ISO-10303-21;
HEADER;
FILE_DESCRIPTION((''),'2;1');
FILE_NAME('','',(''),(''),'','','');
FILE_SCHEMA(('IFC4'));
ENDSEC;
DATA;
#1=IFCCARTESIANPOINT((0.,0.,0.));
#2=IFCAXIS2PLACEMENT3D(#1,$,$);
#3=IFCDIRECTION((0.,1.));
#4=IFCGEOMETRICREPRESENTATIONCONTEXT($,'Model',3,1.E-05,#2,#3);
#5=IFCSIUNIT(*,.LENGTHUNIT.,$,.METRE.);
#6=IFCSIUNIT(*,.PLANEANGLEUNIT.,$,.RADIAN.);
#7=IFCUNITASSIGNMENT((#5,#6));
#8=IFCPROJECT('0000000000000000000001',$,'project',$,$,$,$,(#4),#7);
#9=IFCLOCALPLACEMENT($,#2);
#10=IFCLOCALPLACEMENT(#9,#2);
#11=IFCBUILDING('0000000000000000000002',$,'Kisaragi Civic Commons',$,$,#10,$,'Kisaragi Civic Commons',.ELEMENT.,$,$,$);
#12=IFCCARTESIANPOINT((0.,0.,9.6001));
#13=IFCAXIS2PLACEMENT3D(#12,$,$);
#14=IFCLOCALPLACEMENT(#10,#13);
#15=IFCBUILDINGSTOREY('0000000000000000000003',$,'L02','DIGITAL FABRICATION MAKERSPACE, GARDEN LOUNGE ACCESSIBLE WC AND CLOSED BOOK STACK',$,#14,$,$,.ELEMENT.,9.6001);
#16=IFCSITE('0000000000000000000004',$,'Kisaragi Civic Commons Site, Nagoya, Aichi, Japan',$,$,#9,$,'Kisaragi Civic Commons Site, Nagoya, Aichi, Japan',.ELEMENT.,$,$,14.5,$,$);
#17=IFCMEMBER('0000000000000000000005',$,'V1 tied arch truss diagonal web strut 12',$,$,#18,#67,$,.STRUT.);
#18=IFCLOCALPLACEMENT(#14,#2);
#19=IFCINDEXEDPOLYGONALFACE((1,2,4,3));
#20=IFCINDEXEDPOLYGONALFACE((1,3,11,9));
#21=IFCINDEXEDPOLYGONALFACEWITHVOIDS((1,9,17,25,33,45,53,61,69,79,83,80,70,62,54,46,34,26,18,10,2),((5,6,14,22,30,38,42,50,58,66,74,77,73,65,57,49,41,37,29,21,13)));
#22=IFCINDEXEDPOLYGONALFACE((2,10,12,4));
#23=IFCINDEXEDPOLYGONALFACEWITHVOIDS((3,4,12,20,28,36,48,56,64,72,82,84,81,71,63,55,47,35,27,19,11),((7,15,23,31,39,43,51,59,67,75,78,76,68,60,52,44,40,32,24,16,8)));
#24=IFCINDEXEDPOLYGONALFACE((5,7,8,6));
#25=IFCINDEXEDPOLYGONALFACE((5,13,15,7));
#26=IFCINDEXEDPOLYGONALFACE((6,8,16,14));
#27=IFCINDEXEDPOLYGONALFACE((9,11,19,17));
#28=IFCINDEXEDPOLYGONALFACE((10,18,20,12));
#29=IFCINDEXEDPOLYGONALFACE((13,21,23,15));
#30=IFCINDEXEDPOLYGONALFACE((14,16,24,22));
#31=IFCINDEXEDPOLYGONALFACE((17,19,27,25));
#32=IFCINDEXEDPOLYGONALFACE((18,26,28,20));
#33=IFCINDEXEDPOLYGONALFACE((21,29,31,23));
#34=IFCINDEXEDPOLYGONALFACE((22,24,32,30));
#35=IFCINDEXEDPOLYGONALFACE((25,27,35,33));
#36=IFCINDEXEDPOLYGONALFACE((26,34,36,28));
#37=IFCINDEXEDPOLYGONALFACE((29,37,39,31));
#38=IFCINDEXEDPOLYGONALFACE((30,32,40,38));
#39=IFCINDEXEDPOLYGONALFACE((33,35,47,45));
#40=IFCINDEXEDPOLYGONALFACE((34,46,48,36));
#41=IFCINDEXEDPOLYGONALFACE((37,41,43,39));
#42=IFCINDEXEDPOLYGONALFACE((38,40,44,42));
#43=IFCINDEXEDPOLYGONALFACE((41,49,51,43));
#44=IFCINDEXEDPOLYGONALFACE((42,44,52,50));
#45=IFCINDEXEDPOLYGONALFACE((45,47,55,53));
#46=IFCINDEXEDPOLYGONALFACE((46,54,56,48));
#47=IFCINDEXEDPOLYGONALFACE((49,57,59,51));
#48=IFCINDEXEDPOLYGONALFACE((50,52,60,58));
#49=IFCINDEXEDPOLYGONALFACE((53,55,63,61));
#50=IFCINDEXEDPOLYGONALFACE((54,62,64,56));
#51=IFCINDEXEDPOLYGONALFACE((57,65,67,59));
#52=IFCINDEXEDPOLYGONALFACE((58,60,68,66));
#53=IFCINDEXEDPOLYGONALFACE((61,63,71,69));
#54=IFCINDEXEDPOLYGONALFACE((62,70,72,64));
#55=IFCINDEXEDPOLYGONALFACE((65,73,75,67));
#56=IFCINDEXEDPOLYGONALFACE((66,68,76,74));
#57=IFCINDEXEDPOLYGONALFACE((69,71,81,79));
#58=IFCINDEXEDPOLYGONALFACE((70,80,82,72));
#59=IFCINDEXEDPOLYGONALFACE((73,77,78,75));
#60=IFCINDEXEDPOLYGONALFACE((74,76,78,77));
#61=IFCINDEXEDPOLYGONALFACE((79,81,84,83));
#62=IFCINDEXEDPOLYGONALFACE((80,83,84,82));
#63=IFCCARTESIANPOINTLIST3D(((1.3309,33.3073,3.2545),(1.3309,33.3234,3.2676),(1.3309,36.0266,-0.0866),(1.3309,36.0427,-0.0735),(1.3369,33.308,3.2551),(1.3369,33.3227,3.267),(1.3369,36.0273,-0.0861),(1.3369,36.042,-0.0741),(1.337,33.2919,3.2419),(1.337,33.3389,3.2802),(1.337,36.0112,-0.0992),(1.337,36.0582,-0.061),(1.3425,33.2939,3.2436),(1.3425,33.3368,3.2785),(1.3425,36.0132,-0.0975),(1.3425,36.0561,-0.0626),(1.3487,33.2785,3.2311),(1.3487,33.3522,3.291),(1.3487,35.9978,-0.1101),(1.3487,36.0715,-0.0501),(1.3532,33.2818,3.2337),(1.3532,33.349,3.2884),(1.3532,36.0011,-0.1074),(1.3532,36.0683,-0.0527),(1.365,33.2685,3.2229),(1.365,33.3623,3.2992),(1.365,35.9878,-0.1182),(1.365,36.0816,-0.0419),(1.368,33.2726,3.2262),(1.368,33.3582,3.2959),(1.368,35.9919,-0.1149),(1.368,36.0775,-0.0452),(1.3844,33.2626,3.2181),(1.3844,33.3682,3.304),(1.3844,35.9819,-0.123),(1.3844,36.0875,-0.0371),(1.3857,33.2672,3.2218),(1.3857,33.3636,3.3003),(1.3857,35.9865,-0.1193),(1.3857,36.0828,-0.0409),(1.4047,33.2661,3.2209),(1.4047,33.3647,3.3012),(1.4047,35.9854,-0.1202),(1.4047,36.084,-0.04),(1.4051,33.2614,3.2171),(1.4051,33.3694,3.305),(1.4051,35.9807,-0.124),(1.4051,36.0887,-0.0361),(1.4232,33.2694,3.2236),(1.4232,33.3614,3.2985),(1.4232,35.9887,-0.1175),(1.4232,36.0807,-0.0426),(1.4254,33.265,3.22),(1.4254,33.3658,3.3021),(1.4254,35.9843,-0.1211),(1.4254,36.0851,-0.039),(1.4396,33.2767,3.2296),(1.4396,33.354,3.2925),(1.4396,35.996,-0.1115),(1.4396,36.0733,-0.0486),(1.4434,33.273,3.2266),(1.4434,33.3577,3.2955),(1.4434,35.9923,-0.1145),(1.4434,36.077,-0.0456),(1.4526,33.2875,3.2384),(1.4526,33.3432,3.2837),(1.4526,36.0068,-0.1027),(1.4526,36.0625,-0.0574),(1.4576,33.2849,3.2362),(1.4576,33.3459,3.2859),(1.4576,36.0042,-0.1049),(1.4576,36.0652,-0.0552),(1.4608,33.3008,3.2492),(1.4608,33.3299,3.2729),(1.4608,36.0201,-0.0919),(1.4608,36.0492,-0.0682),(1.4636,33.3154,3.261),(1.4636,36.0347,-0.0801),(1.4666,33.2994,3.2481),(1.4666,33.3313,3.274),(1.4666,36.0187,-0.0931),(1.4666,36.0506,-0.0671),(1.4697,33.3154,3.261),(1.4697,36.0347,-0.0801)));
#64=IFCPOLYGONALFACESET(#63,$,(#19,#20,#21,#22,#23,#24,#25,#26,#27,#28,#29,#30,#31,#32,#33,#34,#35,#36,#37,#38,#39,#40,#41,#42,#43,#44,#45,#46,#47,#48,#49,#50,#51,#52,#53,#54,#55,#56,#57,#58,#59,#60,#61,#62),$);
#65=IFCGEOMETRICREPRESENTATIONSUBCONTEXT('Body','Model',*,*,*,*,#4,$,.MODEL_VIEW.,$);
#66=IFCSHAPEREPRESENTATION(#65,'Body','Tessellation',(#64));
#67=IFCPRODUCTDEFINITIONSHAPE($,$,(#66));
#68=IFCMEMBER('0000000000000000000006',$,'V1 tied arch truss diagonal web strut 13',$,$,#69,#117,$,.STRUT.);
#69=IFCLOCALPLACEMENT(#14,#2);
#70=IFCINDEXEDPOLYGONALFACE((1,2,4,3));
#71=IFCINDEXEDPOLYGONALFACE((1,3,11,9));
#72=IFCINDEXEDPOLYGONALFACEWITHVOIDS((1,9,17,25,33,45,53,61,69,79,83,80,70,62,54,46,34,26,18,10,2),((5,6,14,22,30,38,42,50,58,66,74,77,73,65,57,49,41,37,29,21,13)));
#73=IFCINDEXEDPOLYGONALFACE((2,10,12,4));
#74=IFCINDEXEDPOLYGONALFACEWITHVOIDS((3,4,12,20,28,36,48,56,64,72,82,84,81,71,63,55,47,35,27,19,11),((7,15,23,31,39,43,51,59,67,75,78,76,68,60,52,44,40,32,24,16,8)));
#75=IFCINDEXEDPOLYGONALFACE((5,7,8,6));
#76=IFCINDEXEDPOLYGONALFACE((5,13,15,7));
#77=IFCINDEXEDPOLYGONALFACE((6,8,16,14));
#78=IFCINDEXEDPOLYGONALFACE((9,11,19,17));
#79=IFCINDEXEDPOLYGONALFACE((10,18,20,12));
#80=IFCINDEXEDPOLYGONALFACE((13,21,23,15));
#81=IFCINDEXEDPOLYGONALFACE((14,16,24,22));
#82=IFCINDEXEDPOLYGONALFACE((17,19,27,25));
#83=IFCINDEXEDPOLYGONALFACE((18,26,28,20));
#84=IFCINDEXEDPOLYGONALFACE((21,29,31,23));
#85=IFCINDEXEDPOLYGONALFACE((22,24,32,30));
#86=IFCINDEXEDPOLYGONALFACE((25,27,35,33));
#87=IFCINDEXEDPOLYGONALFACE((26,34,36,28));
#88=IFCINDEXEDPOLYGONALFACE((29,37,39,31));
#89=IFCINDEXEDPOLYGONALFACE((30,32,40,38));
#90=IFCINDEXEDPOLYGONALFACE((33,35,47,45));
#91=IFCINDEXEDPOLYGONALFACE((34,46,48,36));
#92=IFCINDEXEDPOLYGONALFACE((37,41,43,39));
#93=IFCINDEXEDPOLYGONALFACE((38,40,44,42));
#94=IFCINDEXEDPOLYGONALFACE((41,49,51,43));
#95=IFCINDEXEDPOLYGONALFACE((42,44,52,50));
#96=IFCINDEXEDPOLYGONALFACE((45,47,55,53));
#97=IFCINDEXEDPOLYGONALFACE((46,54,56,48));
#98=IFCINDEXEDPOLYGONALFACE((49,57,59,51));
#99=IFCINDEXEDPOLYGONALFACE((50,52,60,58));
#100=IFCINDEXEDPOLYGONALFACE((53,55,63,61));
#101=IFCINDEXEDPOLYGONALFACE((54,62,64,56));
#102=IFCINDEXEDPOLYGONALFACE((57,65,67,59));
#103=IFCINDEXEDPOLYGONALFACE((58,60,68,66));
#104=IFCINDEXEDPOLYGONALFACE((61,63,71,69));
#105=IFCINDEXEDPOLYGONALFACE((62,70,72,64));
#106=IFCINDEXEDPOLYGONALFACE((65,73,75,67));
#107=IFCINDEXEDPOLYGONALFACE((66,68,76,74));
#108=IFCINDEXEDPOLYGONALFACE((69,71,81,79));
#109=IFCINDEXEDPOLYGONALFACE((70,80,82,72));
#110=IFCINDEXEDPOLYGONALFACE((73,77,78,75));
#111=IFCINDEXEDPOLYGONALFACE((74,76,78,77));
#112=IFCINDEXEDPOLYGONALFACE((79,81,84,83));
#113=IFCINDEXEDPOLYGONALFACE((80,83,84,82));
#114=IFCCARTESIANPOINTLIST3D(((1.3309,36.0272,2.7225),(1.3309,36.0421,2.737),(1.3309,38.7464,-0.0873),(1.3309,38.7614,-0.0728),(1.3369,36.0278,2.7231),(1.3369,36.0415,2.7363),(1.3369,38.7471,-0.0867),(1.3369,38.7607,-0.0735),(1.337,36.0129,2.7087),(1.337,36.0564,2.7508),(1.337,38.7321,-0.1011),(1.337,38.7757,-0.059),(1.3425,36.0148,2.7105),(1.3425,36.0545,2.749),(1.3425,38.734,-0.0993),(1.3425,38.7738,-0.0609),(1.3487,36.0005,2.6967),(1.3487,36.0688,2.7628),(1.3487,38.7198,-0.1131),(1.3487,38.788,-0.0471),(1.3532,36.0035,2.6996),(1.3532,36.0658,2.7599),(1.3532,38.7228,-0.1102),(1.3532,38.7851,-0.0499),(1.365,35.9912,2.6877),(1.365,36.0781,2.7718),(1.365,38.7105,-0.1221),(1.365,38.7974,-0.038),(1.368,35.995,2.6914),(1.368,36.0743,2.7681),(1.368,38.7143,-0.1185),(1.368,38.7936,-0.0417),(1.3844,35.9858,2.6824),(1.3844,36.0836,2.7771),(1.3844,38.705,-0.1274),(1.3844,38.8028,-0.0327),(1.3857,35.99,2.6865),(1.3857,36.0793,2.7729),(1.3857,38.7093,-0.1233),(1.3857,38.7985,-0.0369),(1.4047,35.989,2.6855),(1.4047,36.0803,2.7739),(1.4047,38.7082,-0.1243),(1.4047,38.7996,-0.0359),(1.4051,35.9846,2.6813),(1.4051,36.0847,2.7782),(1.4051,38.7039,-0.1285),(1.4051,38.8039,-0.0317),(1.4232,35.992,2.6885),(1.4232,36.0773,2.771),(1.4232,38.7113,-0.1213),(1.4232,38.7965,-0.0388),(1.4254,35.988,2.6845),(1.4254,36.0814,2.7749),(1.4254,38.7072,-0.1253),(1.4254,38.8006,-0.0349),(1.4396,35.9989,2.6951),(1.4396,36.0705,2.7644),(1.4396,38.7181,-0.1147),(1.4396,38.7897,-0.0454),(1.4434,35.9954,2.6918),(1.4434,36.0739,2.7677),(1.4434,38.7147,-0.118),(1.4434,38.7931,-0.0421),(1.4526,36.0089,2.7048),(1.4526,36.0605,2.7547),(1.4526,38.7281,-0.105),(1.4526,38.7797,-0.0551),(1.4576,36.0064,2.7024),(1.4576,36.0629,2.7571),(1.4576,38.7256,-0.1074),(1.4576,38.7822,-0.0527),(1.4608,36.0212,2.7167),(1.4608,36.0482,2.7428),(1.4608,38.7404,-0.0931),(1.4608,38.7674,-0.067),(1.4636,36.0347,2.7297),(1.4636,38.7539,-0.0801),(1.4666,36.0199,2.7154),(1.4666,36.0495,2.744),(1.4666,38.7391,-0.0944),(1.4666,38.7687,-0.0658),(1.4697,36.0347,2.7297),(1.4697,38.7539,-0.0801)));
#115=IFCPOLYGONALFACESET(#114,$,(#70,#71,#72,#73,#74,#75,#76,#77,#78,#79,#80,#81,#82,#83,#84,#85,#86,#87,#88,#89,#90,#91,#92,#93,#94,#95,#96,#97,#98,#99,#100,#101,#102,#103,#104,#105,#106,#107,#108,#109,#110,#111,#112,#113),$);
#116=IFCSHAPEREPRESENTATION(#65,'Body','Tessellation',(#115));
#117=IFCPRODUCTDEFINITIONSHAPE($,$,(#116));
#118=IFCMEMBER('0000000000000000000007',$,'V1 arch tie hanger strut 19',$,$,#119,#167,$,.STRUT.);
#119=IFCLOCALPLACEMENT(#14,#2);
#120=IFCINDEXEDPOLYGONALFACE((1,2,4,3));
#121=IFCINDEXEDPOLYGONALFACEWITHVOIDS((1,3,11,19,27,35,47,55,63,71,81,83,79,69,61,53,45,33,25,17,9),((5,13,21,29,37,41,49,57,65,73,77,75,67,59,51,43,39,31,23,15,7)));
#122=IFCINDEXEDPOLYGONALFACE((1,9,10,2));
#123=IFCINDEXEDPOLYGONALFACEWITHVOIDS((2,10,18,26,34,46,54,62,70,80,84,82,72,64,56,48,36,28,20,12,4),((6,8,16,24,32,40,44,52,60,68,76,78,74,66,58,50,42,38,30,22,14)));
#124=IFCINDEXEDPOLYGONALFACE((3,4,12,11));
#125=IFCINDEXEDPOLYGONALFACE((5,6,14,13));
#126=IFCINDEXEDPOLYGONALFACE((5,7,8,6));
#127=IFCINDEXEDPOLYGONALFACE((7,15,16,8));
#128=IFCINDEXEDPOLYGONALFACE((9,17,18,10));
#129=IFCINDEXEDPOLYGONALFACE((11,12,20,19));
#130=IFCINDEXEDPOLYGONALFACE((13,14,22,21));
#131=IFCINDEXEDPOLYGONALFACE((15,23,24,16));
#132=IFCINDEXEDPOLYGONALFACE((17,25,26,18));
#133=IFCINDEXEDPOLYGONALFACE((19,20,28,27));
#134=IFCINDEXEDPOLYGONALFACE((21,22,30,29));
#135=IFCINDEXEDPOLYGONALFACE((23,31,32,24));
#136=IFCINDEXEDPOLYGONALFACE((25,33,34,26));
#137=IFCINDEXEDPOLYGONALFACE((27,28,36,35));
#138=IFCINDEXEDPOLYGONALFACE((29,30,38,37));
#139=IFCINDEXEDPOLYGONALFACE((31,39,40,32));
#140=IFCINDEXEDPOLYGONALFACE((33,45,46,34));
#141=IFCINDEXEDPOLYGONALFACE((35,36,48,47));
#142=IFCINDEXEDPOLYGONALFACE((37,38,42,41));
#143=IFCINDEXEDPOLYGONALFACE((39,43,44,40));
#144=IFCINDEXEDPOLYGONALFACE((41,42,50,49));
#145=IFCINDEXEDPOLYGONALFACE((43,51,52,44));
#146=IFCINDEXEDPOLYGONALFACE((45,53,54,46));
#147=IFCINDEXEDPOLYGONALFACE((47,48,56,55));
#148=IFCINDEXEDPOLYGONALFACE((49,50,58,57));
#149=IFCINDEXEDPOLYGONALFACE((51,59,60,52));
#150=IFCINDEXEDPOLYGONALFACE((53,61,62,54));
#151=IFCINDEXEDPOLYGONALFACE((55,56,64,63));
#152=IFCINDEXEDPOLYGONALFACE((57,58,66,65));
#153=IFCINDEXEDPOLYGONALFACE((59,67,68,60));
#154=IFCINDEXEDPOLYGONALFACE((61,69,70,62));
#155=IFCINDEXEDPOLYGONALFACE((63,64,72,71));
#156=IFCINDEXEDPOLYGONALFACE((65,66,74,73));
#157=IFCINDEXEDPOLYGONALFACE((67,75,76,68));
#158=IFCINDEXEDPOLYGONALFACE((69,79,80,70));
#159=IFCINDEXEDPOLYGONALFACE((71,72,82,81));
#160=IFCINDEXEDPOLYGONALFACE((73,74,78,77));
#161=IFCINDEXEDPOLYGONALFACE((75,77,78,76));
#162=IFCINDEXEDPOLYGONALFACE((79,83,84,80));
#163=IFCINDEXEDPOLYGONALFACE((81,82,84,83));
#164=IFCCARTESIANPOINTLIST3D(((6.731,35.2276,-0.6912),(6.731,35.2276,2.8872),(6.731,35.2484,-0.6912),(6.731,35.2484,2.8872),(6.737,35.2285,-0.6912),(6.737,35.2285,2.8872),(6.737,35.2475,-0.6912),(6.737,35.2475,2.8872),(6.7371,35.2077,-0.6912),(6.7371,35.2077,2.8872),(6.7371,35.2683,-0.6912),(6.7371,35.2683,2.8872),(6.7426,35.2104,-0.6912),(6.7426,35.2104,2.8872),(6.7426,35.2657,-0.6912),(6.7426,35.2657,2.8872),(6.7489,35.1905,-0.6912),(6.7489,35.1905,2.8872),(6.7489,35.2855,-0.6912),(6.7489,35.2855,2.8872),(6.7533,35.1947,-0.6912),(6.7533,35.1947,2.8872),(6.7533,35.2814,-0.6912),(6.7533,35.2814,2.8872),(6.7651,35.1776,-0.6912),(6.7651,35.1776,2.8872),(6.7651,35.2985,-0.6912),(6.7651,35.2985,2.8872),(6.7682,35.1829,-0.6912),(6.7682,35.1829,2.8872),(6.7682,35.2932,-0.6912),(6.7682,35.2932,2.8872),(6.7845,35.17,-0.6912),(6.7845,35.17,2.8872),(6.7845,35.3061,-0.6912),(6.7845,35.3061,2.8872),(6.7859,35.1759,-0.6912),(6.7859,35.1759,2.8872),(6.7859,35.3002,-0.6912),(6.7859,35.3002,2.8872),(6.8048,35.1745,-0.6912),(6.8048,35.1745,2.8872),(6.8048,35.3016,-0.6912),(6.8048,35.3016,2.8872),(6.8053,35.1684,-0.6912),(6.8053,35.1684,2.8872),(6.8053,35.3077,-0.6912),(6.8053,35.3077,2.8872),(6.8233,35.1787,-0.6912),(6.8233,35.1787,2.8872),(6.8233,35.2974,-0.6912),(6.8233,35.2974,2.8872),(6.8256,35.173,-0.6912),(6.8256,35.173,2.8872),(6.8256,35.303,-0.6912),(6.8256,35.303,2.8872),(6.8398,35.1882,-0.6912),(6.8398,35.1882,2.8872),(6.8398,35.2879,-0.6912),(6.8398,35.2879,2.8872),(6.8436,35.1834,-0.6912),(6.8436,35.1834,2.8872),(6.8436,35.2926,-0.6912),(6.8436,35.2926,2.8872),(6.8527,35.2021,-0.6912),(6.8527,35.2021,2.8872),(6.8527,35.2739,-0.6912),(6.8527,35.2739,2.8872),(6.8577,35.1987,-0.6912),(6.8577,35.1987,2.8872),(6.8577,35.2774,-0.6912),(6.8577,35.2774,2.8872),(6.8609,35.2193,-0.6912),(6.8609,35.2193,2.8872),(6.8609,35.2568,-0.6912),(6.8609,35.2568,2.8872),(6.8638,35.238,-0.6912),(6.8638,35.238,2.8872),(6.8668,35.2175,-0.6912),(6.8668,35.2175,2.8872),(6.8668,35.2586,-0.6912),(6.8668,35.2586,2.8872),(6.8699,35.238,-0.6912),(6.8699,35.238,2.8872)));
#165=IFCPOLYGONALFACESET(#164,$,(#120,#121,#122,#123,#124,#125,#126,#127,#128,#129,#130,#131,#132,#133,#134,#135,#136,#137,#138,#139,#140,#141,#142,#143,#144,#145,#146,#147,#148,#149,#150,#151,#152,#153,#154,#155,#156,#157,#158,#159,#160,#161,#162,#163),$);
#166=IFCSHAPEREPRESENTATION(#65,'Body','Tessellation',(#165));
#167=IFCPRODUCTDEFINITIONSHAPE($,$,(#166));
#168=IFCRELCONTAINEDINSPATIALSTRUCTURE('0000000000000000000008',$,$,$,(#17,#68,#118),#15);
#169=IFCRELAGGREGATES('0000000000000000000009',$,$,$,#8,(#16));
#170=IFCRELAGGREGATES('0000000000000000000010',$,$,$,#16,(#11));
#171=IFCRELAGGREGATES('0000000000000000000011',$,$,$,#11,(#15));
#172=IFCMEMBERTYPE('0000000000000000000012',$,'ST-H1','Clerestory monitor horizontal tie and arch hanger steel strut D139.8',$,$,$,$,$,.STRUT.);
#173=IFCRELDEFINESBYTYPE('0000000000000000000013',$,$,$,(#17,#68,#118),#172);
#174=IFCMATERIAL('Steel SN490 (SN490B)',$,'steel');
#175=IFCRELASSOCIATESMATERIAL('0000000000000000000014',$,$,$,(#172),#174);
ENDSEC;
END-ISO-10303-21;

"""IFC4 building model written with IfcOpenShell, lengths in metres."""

from ifc_helpers import new_model, si_unit, direction, frame, origin, origin_2d, place, context, subcontext, project, spatial, hollow_circle, extrude, material, material_profile, profile_set, type_object, element, save


model = new_model("IFC4")

# Units and contexts
model_context = context("Model", 3, precision=1e-05, world=origin(), true_north=direction((0.0, 1.0)))
body_context = subcontext(model_context, "Body", "Model", "MODEL_VIEW")
ifc_project = project(units=[si_unit("LENGTHUNIT", "METRE"), si_unit("PLANEANGLEUNIT", "RADIAN")], contexts=[model_context])

# Site, building, storey
site_placement = place(None, origin())
site = spatial("IfcSite", under=ifc_project, at=site_placement, Name="Kisaragi Civic Commons Site, Nagoya, Aichi, Japan", LongName="Kisaragi Civic Commons Site, Nagoya, Aichi, Japan", CompositionType="ELEMENT", RefElevation=14.5)
building_placement = place(site_placement, origin())
building = spatial("IfcBuilding", under=site, at=building_placement, Name="Kisaragi Civic Commons", LongName="Kisaragi Civic Commons", CompositionType="ELEMENT")
storey_placement = place(building_placement, frame((0.0, 0.0, 9.6001)))
storey = spatial("IfcBuildingStorey", under=building, at=storey_placement, Name="L02", Description="DIGITAL FABRICATION MAKERSPACE, GARDEN LOUNGE ACCESSIBLE WC AND CLOSED BOOK STACK", CompositionType="ELEMENT", Elevation=9.6001)

# Members
ifc_material_1 = material(Name="Steel SN490 (SN490B)", Category="steel")
ifc_material_profile_1 = material_profile(ifc_material_1, hollow_circle(Radius=0.0698, WallThickness=0.0061, at=origin_2d()), Name="CHS-139.8x6.0", Category="steel")
ifc_profile_set_1 = profile_set([ifc_material_profile_1], Name="Steel SN490 (SN490B)")
member_type_1 = type_object("IfcMemberType", Name="ST-H1", Description="Clerestory monitor horizontal tie and arch hanger steel strut D139.8", PredefinedType="STRUT", material=ifc_profile_set_1)
member_1_placement = place(storey_placement, frame((1.3999, 36.0347, -0.0801), z_axis=(0.0, -0.631239, 0.775588), x_axis=(1.0, 0.0, 0.0)))
element("IfcMember", 1, at=member_1_placement, inside=storey, type_object=member_type_1, Name="V1 tied arch truss diagonal web strut 12", PredefinedType="STRUT", context=body_context, shape_type="SweptSolid", body=[
    extrude(hollow_circle(Radius=0.0698, WallThickness=0.0061, at=origin_2d()), origin(), (0.0, 0.0, 1.0), 4.3079),
])
member_2_placement = place(storey_placement, frame((1.3999, 38.7539, -0.0801), z_axis=(0.0, -0.69543, 0.718594), x_axis=(1.0, 0.0, 0.0)))
element("IfcMember", 2, at=member_2_placement, inside=storey, type_object=member_type_1, Name="V1 tied arch truss diagonal web strut 13", PredefinedType="STRUT", context=body_context, shape_type="SweptSolid", body=[
    extrude(hollow_circle(Radius=0.0698, WallThickness=0.0061, at=origin_2d()), origin(), (0.0, 0.0, 1.0), 3.9102),
])
member_3_placement = place(storey_placement, frame((6.8, 35.238, -0.6912), z_axis=(0.0, 0.0, 1.0), x_axis=(1.0, 0.0, 0.0)))
element("IfcMember", 3, at=member_3_placement, inside=storey, type_object=member_type_1, Name="V1 arch tie hanger strut 19", PredefinedType="STRUT", context=body_context, shape_type="SweptSolid", body=[
    extrude(hollow_circle(Radius=0.0698, WallThickness=0.0061, at=origin_2d()), origin(), (0.0, 0.0, 1.0), 3.5784),
])

save(model, "model.ifc")
